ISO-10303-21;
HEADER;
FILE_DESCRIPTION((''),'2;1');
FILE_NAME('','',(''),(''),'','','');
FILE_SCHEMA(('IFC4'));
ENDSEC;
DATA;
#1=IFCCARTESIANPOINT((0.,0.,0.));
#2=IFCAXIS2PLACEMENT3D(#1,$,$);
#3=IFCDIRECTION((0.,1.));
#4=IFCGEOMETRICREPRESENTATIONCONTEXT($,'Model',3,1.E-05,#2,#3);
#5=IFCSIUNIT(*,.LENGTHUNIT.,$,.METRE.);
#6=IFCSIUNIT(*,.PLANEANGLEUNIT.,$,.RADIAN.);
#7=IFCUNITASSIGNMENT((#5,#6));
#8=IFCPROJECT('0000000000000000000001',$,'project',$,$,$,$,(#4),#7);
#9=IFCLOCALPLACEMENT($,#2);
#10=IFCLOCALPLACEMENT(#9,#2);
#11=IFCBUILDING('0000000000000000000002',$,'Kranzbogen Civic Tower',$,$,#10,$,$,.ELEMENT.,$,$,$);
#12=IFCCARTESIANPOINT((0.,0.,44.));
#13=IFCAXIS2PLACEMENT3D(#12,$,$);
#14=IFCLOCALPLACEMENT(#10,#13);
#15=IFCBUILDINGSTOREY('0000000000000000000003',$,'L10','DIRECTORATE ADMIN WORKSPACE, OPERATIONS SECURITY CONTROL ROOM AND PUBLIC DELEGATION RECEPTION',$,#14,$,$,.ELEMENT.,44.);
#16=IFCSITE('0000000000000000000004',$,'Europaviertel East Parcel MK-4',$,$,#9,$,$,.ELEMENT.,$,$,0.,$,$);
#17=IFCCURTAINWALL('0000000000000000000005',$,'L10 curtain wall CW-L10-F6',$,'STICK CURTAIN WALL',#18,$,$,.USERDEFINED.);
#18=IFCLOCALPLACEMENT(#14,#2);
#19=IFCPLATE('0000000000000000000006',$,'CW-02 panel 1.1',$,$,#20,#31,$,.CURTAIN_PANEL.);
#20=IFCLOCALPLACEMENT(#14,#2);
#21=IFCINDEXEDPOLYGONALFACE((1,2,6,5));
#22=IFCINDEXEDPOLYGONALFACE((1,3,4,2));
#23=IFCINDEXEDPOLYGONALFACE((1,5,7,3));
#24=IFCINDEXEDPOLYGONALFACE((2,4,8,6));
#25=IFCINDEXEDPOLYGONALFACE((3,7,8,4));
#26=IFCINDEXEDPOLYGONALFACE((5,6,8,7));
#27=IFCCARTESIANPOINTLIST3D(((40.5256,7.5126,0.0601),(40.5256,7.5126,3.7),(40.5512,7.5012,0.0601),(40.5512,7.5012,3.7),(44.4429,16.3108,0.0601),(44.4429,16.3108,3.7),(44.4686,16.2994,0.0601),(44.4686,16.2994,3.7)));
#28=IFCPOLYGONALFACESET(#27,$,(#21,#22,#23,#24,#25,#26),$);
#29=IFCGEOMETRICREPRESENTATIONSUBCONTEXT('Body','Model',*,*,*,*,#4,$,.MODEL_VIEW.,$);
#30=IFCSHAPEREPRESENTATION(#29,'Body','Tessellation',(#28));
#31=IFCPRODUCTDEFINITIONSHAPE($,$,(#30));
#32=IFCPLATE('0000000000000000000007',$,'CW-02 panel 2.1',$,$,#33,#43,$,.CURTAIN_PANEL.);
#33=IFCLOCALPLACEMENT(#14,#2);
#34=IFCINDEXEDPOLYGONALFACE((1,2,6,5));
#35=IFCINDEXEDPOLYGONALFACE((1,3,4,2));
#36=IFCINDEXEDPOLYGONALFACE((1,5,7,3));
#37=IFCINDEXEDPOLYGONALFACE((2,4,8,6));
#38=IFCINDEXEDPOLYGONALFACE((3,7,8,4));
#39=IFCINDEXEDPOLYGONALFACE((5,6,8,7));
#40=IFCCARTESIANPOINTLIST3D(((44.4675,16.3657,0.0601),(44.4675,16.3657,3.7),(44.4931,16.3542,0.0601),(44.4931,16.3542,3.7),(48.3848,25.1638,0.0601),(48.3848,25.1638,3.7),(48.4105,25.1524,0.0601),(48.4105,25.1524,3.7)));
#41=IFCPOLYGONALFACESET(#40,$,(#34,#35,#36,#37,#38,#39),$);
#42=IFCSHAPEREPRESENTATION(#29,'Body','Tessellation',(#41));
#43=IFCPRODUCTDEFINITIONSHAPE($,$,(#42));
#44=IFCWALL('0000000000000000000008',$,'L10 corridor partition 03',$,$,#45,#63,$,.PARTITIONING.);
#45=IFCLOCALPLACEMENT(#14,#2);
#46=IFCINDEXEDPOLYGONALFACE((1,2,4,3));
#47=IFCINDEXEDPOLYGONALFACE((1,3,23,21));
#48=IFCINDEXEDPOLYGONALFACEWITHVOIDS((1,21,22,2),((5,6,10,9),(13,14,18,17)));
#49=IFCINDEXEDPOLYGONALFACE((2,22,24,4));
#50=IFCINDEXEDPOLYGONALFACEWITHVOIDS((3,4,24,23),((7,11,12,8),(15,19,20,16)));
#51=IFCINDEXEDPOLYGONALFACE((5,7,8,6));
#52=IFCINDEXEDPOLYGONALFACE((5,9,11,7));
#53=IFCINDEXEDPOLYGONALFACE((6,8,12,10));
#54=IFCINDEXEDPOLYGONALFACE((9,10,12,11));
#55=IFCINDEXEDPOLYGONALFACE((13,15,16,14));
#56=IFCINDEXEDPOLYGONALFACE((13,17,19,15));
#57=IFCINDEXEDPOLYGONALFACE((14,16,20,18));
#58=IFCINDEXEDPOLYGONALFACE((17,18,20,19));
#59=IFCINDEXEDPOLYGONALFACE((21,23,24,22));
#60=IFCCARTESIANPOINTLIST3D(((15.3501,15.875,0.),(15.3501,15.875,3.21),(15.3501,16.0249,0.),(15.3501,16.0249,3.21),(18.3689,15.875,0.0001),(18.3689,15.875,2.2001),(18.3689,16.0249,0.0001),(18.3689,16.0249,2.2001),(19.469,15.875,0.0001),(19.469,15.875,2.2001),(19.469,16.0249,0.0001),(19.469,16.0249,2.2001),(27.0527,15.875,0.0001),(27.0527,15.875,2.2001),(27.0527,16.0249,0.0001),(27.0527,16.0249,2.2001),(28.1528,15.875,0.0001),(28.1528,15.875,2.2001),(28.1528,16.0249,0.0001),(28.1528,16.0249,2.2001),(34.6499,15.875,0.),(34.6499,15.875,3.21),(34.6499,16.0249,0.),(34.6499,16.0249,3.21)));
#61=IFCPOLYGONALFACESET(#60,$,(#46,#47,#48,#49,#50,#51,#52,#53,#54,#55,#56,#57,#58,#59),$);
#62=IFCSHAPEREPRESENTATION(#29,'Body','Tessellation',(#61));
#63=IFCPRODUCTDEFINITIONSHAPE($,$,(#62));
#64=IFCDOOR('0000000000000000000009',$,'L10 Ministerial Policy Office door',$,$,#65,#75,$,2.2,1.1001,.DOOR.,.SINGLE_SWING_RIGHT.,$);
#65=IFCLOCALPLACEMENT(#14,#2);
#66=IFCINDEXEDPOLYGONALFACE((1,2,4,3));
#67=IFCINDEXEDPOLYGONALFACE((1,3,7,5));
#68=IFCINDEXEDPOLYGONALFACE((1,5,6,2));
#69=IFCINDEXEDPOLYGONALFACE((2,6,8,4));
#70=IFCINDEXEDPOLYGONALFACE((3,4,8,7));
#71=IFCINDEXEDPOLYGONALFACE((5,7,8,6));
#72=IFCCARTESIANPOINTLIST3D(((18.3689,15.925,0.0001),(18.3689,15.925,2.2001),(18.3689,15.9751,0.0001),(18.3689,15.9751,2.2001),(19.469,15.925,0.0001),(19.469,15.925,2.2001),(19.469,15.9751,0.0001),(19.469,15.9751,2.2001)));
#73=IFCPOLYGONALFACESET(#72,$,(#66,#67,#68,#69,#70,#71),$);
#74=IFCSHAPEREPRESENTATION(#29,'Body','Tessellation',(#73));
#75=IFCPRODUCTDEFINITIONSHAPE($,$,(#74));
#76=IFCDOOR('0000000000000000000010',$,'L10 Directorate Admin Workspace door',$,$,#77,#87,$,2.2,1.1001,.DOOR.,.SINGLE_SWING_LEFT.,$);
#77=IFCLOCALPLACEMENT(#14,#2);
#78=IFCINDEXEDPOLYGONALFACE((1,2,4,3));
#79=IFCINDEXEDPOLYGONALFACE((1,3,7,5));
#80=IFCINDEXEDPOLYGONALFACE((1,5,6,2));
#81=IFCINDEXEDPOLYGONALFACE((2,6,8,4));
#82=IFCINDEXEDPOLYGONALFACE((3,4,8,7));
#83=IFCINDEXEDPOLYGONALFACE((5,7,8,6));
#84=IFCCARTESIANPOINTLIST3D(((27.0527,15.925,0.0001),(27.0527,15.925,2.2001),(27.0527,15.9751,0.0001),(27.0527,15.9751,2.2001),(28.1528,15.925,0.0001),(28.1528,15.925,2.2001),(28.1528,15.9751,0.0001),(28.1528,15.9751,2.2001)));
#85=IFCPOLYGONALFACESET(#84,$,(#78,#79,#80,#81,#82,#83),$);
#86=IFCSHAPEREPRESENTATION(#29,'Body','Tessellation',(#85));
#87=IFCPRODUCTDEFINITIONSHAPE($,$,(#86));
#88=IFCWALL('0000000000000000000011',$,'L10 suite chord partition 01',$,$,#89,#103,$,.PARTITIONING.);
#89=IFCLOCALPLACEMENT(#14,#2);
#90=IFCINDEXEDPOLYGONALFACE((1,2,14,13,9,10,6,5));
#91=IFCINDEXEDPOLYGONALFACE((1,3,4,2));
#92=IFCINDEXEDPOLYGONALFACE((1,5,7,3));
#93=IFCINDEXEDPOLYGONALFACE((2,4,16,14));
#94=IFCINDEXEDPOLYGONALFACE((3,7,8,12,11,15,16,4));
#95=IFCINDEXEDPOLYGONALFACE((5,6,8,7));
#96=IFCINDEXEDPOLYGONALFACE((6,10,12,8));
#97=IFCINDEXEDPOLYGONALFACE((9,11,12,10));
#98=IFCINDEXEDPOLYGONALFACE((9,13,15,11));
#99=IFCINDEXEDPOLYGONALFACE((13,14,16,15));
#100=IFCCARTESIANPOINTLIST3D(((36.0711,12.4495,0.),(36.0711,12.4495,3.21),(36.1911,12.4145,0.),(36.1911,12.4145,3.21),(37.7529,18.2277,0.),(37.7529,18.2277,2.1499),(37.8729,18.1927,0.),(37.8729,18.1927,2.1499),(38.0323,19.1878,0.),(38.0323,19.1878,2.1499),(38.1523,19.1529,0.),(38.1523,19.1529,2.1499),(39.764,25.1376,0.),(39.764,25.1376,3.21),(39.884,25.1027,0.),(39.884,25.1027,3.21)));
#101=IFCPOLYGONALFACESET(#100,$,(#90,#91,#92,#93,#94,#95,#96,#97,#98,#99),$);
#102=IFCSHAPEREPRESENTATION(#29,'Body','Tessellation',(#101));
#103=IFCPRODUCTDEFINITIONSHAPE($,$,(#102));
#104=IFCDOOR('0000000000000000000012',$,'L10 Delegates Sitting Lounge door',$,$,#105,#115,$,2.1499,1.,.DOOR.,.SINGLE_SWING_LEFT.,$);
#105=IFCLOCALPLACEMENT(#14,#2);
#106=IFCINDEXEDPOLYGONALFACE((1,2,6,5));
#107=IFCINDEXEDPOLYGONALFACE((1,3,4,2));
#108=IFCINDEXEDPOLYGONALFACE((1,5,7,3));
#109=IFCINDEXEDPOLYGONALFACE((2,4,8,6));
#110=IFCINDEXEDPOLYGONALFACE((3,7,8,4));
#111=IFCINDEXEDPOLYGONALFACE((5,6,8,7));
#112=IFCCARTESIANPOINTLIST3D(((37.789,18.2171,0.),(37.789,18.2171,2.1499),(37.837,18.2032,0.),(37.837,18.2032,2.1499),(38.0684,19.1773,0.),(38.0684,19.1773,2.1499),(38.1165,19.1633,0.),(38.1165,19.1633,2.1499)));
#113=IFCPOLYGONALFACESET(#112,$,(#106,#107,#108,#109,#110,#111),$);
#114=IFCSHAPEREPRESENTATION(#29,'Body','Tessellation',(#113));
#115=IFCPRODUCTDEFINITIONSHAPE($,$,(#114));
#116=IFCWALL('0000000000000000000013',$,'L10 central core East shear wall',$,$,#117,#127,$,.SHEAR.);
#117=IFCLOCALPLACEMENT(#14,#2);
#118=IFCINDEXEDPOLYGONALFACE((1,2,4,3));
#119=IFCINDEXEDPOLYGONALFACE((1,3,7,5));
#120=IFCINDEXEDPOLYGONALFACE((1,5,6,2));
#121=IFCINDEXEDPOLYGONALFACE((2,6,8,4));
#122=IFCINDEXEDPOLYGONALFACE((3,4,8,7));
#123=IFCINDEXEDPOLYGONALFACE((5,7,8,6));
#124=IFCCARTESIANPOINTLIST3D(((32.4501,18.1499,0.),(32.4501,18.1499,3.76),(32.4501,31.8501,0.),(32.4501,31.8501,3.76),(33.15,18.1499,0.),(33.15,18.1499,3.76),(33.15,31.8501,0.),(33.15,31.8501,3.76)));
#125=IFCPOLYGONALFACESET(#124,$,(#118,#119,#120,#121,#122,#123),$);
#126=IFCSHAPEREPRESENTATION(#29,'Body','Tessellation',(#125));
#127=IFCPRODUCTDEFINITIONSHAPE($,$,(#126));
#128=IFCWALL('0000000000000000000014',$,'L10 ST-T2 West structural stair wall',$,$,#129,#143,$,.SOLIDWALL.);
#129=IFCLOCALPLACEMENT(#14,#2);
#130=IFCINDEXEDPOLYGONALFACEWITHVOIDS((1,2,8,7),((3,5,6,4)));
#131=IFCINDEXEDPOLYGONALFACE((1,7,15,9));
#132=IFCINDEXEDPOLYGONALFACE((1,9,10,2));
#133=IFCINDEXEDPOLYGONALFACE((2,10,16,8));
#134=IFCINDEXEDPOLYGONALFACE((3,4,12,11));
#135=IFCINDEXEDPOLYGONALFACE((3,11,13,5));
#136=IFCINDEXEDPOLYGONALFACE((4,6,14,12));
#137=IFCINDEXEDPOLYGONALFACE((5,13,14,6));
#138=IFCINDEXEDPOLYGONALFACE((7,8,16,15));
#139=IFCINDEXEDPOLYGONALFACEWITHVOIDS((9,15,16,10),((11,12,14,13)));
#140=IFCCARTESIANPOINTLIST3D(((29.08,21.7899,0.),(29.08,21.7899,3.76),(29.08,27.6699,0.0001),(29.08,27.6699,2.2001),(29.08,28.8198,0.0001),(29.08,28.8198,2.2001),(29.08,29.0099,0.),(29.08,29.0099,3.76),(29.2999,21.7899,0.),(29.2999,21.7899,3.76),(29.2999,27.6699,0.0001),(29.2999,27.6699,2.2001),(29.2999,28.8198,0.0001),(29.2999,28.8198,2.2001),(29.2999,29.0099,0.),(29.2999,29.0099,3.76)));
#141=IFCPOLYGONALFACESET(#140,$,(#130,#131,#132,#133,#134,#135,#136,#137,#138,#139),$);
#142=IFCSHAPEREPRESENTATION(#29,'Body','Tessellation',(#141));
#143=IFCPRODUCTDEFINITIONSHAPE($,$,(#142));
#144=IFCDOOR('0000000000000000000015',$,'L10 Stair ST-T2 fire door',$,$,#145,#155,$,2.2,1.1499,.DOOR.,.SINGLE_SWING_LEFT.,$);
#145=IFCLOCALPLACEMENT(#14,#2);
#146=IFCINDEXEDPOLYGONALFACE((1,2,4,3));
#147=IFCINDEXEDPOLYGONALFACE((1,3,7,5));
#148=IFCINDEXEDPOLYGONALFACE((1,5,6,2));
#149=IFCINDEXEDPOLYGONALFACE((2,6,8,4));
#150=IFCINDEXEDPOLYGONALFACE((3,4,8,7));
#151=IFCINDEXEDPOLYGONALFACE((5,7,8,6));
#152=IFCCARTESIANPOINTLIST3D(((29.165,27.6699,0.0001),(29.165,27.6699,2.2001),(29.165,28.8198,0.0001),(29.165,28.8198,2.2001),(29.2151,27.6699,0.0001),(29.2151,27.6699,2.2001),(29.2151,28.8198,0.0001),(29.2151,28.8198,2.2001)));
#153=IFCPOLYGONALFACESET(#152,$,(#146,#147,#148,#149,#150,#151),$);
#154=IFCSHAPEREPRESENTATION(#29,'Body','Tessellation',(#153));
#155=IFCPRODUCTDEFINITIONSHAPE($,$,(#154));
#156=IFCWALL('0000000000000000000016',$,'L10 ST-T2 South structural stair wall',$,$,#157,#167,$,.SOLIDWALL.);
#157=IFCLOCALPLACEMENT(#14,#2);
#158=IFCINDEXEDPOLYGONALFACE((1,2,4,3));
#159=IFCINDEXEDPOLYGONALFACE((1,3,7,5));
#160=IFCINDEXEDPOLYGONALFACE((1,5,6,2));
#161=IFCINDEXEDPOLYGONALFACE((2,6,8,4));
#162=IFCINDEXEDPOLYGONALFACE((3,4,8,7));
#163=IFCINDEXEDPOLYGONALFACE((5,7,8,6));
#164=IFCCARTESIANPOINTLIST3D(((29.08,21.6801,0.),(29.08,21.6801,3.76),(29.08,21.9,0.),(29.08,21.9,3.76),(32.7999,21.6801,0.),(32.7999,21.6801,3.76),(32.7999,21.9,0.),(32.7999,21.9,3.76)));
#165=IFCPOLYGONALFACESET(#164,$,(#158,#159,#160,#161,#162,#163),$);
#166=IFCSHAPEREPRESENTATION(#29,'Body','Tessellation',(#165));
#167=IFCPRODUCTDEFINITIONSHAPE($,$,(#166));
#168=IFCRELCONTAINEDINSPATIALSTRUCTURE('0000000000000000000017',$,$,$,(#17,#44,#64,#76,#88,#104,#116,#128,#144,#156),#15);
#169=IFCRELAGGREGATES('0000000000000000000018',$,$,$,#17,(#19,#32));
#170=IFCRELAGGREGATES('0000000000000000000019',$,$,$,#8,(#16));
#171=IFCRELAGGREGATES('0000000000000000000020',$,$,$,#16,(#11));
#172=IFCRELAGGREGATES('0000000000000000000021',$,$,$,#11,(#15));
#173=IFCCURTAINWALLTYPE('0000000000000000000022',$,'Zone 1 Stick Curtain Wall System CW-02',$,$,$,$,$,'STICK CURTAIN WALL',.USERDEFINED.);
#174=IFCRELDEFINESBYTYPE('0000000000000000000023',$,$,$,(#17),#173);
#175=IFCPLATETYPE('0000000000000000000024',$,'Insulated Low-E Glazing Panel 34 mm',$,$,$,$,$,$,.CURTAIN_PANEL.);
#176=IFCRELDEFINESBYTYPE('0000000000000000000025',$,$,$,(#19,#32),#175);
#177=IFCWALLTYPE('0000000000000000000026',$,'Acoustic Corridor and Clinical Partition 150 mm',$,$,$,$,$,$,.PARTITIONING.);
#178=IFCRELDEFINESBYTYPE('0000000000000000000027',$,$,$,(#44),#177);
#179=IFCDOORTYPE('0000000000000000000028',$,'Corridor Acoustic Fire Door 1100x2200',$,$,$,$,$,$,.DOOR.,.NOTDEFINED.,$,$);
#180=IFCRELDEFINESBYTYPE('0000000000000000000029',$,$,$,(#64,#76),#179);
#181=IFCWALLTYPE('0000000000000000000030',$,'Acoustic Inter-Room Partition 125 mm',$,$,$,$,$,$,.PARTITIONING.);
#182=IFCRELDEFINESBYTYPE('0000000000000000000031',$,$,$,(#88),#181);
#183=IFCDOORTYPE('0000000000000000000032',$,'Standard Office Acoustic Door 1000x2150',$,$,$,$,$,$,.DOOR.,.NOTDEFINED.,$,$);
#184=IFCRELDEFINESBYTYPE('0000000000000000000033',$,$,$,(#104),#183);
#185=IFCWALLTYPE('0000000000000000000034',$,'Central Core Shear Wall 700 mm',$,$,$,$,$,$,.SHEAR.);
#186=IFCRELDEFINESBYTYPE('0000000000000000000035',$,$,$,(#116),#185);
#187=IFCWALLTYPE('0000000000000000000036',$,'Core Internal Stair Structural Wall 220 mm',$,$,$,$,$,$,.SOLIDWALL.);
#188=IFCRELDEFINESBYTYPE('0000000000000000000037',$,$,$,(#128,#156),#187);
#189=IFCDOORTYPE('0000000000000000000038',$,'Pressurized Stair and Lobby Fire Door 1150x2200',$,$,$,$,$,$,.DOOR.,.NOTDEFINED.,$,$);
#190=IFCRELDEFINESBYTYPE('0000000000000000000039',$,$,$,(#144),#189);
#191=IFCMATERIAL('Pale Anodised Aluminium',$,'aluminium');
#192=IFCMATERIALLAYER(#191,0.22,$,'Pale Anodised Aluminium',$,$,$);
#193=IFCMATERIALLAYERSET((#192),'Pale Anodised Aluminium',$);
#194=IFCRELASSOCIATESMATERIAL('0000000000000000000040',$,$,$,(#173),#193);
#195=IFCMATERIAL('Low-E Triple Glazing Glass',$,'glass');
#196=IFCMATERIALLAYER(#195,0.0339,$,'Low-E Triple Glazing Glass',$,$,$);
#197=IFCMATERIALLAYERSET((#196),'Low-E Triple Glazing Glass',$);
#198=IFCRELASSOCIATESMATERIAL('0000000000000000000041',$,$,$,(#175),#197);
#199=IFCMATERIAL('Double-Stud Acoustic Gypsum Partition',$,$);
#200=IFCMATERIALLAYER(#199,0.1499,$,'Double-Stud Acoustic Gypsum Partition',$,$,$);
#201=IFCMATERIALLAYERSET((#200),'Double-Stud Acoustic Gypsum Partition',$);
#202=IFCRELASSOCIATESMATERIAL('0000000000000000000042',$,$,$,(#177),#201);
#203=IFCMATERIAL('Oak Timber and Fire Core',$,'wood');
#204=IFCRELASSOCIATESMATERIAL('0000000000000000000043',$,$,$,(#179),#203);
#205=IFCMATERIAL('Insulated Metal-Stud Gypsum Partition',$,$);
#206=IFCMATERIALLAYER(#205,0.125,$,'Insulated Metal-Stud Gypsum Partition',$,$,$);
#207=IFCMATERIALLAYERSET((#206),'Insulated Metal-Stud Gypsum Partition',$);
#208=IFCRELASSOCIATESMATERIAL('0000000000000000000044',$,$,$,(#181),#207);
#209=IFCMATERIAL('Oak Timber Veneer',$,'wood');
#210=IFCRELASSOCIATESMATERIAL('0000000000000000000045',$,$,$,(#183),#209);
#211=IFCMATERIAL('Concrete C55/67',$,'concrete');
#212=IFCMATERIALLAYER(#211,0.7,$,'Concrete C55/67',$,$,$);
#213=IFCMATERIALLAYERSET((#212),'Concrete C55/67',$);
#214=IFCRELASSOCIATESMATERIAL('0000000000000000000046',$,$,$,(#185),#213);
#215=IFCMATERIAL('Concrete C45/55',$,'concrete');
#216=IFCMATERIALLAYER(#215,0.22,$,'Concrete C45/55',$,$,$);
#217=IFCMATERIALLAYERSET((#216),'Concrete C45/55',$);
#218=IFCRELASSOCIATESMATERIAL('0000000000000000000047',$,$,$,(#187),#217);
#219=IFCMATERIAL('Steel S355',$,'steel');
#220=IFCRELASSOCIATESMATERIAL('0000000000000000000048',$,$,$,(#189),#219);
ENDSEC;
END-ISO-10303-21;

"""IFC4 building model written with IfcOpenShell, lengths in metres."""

from ifc_helpers import new_model, si_unit, direction, frame, frame_2d, origin, origin_2d, place, context, subcontext, project, spatial, rectangle, extrude, material, layer, layer_set, type_object, element, fill, aggregate, save


model = new_model("IFC4")

# Units and contexts
model_context = context("Model", 3, precision=1e-05, world=origin(), true_north=direction((0.0, 1.0)))
body_context = subcontext(model_context, "Body", "Model", "MODEL_VIEW")
ifc_project = project(units=[si_unit("LENGTHUNIT", "METRE"), si_unit("PLANEANGLEUNIT", "RADIAN")], contexts=[model_context])

# Site, building, storey
site_placement = place(None, origin())
site = spatial("IfcSite", under=ifc_project, at=site_placement, Name="Europaviertel East Parcel MK-4", CompositionType="ELEMENT", RefElevation=0.0)
building_placement = place(site_placement, origin())
building = spatial("IfcBuilding", under=site, at=building_placement, Name="Kranzbogen Civic Tower", CompositionType="ELEMENT")
storey_placement = place(building_placement, frame((0.0, 0.0, 44.0)))
storey = spatial("IfcBuildingStorey", under=building, at=storey_placement, Name="L10", Description="DIRECTORATE ADMIN WORKSPACE, OPERATIONS SECURITY CONTROL ROOM AND PUBLIC DELEGATION RECEPTION", CompositionType="ELEMENT", Elevation=44.0)

# Curtain wall
ifc_material_1 = material(Name="Pale Anodised Aluminium", Category="aluminium")
ifc_layer_1 = layer(ifc_material_1, 0.22, Name="Pale Anodised Aluminium")
ifc_layer_set_1 = layer_set([ifc_layer_1], Name="Pale Anodised Aluminium")
curtain_wall_type = type_object("IfcCurtainWallType", Name="Zone 1 Stick Curtain Wall System CW-02", ElementType="STICK CURTAIN WALL", PredefinedType="USERDEFINED", material=ifc_layer_set_1)
curtain_wall_placement = place(storey_placement, origin())
curtain_wall = element("IfcCurtainWall", 1, at=curtain_wall_placement, inside=storey, type_object=curtain_wall_type, Name="L10 curtain wall CW-L10-F6", ObjectType="STICK CURTAIN WALL", PredefinedType="USERDEFINED")

# Shared definitions
ifc_material_2 = material(Name="Steel S355", Category="steel")

# Plates
ifc_material_3 = material(Name="Low-E Triple Glazing Glass", Category="glass")
ifc_layer_2 = layer(ifc_material_3, 0.0339, Name="Low-E Triple Glazing Glass")
ifc_layer_set_2 = layer_set([ifc_layer_2], Name="Low-E Triple Glazing Glass")
plate_type = type_object("IfcPlateType", Name="Insulated Low-E Glazing Panel 34 mm", PredefinedType="CURTAIN_PANEL", material=ifc_layer_set_2)
plate_1_placement = place(storey_placement, frame((42.4971, 11.906, 0.0601), z_axis=(0.0, 0.0, 1.0), x_axis=(0.406749, 0.91354, 0.0)))
plate_1 = element("IfcPlate", 2, at=plate_1_placement, type_object=plate_type, Name="CW-02 panel 1.1", PredefinedType="CURTAIN_PANEL", context=body_context, shape_type="SweptSolid", body=[
    extrude(rectangle(XDim=9.6309, YDim=0.0281, at=origin_2d()), origin(), (0.0, 0.0, 1.0), 3.6399),
])
plate_2_placement = place(storey_placement, frame((46.439, 20.759, 0.0601), z_axis=(0.0, 0.0, 1.0), x_axis=(0.406749, 0.91354, 0.0)))
plate_2 = element("IfcPlate", 3, at=plate_2_placement, type_object=plate_type, Name="CW-02 panel 2.1", PredefinedType="CURTAIN_PANEL", context=body_context, shape_type="SweptSolid", body=[
    extrude(rectangle(XDim=9.6309, YDim=0.0281, at=origin_2d()), origin(), (0.0, 0.0, 1.0), 3.6399),
])
aggregate(curtain_wall, [plate_1, plate_2])

# Wall, openings, doors
ifc_material_4 = material(Name="Double-Stud Acoustic Gypsum Partition")
ifc_layer_3 = layer(ifc_material_4, 0.1499, Name="Double-Stud Acoustic Gypsum Partition")
ifc_layer_set_3 = layer_set([ifc_layer_3], Name="Double-Stud Acoustic Gypsum Partition")
wall_type_1 = type_object("IfcWallType", Name="Acoustic Corridor and Clinical Partition 150 mm", PredefinedType="PARTITIONING", material=ifc_layer_set_3)
wall_1_placement = place(storey_placement, frame((34.6499, 15.95, 0.0), z_axis=(0.0, 0.0, 1.0), x_axis=(-1.0, 0.0, 0.0)))
wall_1 = element("IfcWall", 4, at=wall_1_placement, inside=storey, type_object=wall_type_1, Name="L10 corridor partition 03", PredefinedType="PARTITIONING", context=body_context, shape_type="SweptSolid", body=[
    extrude(rectangle(XDim=19.2998, YDim=0.1499, at=frame_2d((9.6499, 0.0))), origin(), (0.0, 0.0, 1.0), 3.21),
])
opening_1_placement = place(wall_1_placement, frame((15.1809, 0.0, 0.0)))
opening_1 = element("IfcOpeningElement", 5, at=opening_1_placement, cuts=wall_1, PredefinedType="OPENING", context=body_context, shape_type="SweptSolid", body=[
    extrude(rectangle(XDim=1.1001, YDim=2.2, at=frame_2d((0.55, 1.1001))), frame((0.0, 0.085, 0.0), z_axis=(0.0, -1.0, 0.0), x_axis=(1.0, 0.0, 0.0)), (0.0, 0.0, 1.0), 0.1699),
])
opening_2_placement = place(wall_1_placement, frame((6.4971, 0.0, 0.0)))
opening_2 = element("IfcOpeningElement", 6, at=opening_2_placement, cuts=wall_1, PredefinedType="OPENING", context=body_context, shape_type="SweptSolid", body=[
    extrude(rectangle(XDim=1.1001, YDim=2.2, at=frame_2d((0.55, 1.1001))), frame((0.0, 0.085, 0.0), z_axis=(0.0, -1.0, 0.0), x_axis=(1.0, 0.0, 0.0)), (0.0, 0.0, 1.0), 0.1699),
])
ifc_material_5 = material(Name="Oak Timber and Fire Core", Category="wood")
door_type_1 = type_object("IfcDoorType", Name="Corridor Acoustic Fire Door 1100x2200", OperationType="NOTDEFINED", PredefinedType="DOOR", material=ifc_material_5)
door_1_placement = place(opening_1_placement, origin())
door_1 = element("IfcDoor", 7, at=door_1_placement, inside=storey, type_object=door_type_1, Name="L10 Ministerial Policy Office door", OperationType="SINGLE_SWING_RIGHT", OverallHeight=2.2, OverallWidth=1.1001, PredefinedType="DOOR", context=body_context, shape_type="SweptSolid", body=[
    extrude(rectangle(XDim=1.1001, YDim=2.2, at=frame_2d((0.55, 1.1001))), frame((0.0, 0.0249, 0.0), z_axis=(0.0, -1.0, 0.0), x_axis=(1.0, 0.0, 0.0)), (0.0, 0.0, 1.0), 0.05),
])
fill(opening_1, door_1)
door_2_placement = place(opening_2_placement, origin())
door_2 = element("IfcDoor", 8, at=door_2_placement, inside=storey, type_object=door_type_1, Name="L10 Directorate Admin Workspace door", OperationType="SINGLE_SWING_LEFT", OverallHeight=2.2, OverallWidth=1.1001, PredefinedType="DOOR", context=body_context, shape_type="SweptSolid", body=[
    extrude(rectangle(XDim=1.1001, YDim=2.2, at=frame_2d((0.55, 1.1001))), frame((0.0, 0.0249, 0.0), z_axis=(0.0, -1.0, 0.0), x_axis=(1.0, 0.0, 0.0)), (0.0, 0.0, 1.0), 0.05),
])
fill(opening_2, door_2)

# Wall, opening, door
ifc_material_6 = material(Name="Insulated Metal-Stud Gypsum Partition")
ifc_layer_4 = layer(ifc_material_6, 0.125, Name="Insulated Metal-Stud Gypsum Partition")
ifc_layer_set_4 = layer_set([ifc_layer_4], Name="Insulated Metal-Stud Gypsum Partition")
wall_type_2 = type_object("IfcWallType", Name="Acoustic Inter-Room Partition 125 mm", PredefinedType="PARTITIONING", material=ifc_layer_set_4)
wall_2_placement = place(storey_placement, frame((36.1311, 12.4319, 0.0), z_axis=(0.0, 0.0, 1.0), x_axis=(0.279452, 0.96016, 0.0)))
wall_2 = element("IfcWall", 9, at=wall_2_placement, inside=storey, type_object=wall_type_2, Name="L10 suite chord partition 01", PredefinedType="PARTITIONING", context=body_context, shape_type="SweptSolid", body=[
    extrude(rectangle(XDim=13.2146, YDim=0.125, at=frame_2d((6.6074, 0.0))), origin(), (0.0, 0.0, 1.0), 3.21),
])
opening_3_placement = place(wall_2_placement, frame((6.0181, 0.0, 0.0)))
opening_3 = element("IfcOpeningElement", 10, at=opening_3_placement, cuts=wall_2, PredefinedType="OPENING", context=body_context, shape_type="SweptSolid", body=[
    extrude(rectangle(XDim=1.0, YDim=2.1499, at=frame_2d((0.5, 1.075))), frame((0.0, 0.0725, 0.0), z_axis=(0.0, -1.0, 0.0), x_axis=(1.0, 0.0, 0.0)), (0.0, 0.0, 1.0), 0.145),
])
ifc_material_7 = material(Name="Oak Timber Veneer", Category="wood")
door_type_2 = type_object("IfcDoorType", Name="Standard Office Acoustic Door 1000x2150", OperationType="NOTDEFINED", PredefinedType="DOOR", material=ifc_material_7)
door_3_placement = place(opening_3_placement, origin())
door_3 = element("IfcDoor", 11, at=door_3_placement, inside=storey, type_object=door_type_2, Name="L10 Delegates Sitting Lounge door", OperationType="SINGLE_SWING_LEFT", OverallHeight=2.1499, OverallWidth=1.0, PredefinedType="DOOR", context=body_context, shape_type="SweptSolid", body=[
    extrude(rectangle(XDim=1.0, YDim=2.1499, at=frame_2d((0.5, 1.075))), frame((0.0, 0.0249, 0.0), z_axis=(0.0, -1.0, 0.0), x_axis=(1.0, 0.0, 0.0)), (0.0, 0.0, 1.0), 0.05),
])
fill(opening_3, door_3)

# Wall
ifc_material_8 = material(Name="Concrete C55/67", Category="concrete")
ifc_layer_5 = layer(ifc_material_8, 0.7, Name="Concrete C55/67")
ifc_layer_set_5 = layer_set([ifc_layer_5], Name="Concrete C55/67")
wall_type_3 = type_object("IfcWallType", Name="Central Core Shear Wall 700 mm", PredefinedType="SHEAR", material=ifc_layer_set_5)
wall_3_placement = place(storey_placement, frame((32.8, 18.1499, 0.0), z_axis=(0.0, 0.0, 1.0), x_axis=(0.0, 1.0, 0.0)))
element("IfcWall", 12, at=wall_3_placement, inside=storey, type_object=wall_type_3, Name="L10 central core East shear wall", PredefinedType="SHEAR", context=body_context, shape_type="SweptSolid", body=[
    extrude(rectangle(XDim=13.7002, YDim=0.7, at=frame_2d((6.8501, 0.0))), origin(), (0.0, 0.0, 1.0), 3.76),
])

# Wall, opening, door
ifc_material_9 = material(Name="Concrete C45/55", Category="concrete")
ifc_layer_6 = layer(ifc_material_9, 0.22, Name="Concrete C45/55")
ifc_layer_set_6 = layer_set([ifc_layer_6], Name="Concrete C45/55")
wall_type_4 = type_object("IfcWallType", Name="Core Internal Stair Structural Wall 220 mm", PredefinedType="SOLIDWALL", material=ifc_layer_set_6)
wall_4_placement = place(storey_placement, frame((29.1899, 21.79, 0.0), z_axis=(0.0, 0.0, 1.0), x_axis=(0.0, 1.0, 0.0)))
wall_4 = element("IfcWall", 13, at=wall_4_placement, inside=storey, type_object=wall_type_4, Name="L10 ST-T2 West structural stair wall", PredefinedType="SOLIDWALL", context=body_context, shape_type="SweptSolid", body=[
    extrude(rectangle(XDim=7.22, YDim=0.22, at=frame_2d((3.6099, 0.0))), origin(), (0.0, 0.0, 1.0), 3.76),
])
opening_4_placement = place(wall_4_placement, frame((5.8799, 0.0, 0.0)))
opening_4 = element("IfcOpeningElement", 14, at=opening_4_placement, cuts=wall_4, PredefinedType="OPENING", context=body_context, shape_type="SweptSolid", body=[
    extrude(rectangle(XDim=1.1499, YDim=2.2, at=frame_2d((0.575, 1.1001))), frame((0.0, 0.1201, 0.0), z_axis=(0.0, -1.0, 0.0), x_axis=(1.0, 0.0, 0.0)), (0.0, 0.0, 1.0), 0.24),
])
door_type_3 = type_object("IfcDoorType", Name="Pressurized Stair and Lobby Fire Door 1150x2200", OperationType="NOTDEFINED", PredefinedType="DOOR", material=ifc_material_2)
door_4_placement = place(opening_4_placement, origin())
door_4 = element("IfcDoor", 15, at=door_4_placement, inside=storey, type_object=door_type_3, Name="L10 Stair ST-T2 fire door", OperationType="SINGLE_SWING_LEFT", OverallHeight=2.2, OverallWidth=1.1499, PredefinedType="DOOR", context=body_context, shape_type="SweptSolid", body=[
    extrude(rectangle(XDim=1.1499, YDim=2.2, at=frame_2d((0.575, 1.1001))), frame((0.0, 0.0249, 0.0), z_axis=(0.0, -1.0, 0.0), x_axis=(1.0, 0.0, 0.0)), (0.0, 0.0, 1.0), 0.05),
])
fill(opening_4, door_4)

# Wall
wall_5_placement = place(storey_placement, frame((29.0801, 21.79, 0.0), z_axis=(0.0, 0.0, 1.0), x_axis=(1.0, 0.0, 0.0)))
element("IfcWall", 16, at=wall_5_placement, inside=storey, type_object=wall_type_4, Name="L10 ST-T2 South structural stair wall", PredefinedType="SOLIDWALL", context=body_context, shape_type="SweptSolid", body=[
    extrude(rectangle(XDim=3.72, YDim=0.22, at=frame_2d((1.8599, 0.0))), origin(), (0.0, 0.0, 1.0), 3.76),
])

save(model, "model.ifc")
